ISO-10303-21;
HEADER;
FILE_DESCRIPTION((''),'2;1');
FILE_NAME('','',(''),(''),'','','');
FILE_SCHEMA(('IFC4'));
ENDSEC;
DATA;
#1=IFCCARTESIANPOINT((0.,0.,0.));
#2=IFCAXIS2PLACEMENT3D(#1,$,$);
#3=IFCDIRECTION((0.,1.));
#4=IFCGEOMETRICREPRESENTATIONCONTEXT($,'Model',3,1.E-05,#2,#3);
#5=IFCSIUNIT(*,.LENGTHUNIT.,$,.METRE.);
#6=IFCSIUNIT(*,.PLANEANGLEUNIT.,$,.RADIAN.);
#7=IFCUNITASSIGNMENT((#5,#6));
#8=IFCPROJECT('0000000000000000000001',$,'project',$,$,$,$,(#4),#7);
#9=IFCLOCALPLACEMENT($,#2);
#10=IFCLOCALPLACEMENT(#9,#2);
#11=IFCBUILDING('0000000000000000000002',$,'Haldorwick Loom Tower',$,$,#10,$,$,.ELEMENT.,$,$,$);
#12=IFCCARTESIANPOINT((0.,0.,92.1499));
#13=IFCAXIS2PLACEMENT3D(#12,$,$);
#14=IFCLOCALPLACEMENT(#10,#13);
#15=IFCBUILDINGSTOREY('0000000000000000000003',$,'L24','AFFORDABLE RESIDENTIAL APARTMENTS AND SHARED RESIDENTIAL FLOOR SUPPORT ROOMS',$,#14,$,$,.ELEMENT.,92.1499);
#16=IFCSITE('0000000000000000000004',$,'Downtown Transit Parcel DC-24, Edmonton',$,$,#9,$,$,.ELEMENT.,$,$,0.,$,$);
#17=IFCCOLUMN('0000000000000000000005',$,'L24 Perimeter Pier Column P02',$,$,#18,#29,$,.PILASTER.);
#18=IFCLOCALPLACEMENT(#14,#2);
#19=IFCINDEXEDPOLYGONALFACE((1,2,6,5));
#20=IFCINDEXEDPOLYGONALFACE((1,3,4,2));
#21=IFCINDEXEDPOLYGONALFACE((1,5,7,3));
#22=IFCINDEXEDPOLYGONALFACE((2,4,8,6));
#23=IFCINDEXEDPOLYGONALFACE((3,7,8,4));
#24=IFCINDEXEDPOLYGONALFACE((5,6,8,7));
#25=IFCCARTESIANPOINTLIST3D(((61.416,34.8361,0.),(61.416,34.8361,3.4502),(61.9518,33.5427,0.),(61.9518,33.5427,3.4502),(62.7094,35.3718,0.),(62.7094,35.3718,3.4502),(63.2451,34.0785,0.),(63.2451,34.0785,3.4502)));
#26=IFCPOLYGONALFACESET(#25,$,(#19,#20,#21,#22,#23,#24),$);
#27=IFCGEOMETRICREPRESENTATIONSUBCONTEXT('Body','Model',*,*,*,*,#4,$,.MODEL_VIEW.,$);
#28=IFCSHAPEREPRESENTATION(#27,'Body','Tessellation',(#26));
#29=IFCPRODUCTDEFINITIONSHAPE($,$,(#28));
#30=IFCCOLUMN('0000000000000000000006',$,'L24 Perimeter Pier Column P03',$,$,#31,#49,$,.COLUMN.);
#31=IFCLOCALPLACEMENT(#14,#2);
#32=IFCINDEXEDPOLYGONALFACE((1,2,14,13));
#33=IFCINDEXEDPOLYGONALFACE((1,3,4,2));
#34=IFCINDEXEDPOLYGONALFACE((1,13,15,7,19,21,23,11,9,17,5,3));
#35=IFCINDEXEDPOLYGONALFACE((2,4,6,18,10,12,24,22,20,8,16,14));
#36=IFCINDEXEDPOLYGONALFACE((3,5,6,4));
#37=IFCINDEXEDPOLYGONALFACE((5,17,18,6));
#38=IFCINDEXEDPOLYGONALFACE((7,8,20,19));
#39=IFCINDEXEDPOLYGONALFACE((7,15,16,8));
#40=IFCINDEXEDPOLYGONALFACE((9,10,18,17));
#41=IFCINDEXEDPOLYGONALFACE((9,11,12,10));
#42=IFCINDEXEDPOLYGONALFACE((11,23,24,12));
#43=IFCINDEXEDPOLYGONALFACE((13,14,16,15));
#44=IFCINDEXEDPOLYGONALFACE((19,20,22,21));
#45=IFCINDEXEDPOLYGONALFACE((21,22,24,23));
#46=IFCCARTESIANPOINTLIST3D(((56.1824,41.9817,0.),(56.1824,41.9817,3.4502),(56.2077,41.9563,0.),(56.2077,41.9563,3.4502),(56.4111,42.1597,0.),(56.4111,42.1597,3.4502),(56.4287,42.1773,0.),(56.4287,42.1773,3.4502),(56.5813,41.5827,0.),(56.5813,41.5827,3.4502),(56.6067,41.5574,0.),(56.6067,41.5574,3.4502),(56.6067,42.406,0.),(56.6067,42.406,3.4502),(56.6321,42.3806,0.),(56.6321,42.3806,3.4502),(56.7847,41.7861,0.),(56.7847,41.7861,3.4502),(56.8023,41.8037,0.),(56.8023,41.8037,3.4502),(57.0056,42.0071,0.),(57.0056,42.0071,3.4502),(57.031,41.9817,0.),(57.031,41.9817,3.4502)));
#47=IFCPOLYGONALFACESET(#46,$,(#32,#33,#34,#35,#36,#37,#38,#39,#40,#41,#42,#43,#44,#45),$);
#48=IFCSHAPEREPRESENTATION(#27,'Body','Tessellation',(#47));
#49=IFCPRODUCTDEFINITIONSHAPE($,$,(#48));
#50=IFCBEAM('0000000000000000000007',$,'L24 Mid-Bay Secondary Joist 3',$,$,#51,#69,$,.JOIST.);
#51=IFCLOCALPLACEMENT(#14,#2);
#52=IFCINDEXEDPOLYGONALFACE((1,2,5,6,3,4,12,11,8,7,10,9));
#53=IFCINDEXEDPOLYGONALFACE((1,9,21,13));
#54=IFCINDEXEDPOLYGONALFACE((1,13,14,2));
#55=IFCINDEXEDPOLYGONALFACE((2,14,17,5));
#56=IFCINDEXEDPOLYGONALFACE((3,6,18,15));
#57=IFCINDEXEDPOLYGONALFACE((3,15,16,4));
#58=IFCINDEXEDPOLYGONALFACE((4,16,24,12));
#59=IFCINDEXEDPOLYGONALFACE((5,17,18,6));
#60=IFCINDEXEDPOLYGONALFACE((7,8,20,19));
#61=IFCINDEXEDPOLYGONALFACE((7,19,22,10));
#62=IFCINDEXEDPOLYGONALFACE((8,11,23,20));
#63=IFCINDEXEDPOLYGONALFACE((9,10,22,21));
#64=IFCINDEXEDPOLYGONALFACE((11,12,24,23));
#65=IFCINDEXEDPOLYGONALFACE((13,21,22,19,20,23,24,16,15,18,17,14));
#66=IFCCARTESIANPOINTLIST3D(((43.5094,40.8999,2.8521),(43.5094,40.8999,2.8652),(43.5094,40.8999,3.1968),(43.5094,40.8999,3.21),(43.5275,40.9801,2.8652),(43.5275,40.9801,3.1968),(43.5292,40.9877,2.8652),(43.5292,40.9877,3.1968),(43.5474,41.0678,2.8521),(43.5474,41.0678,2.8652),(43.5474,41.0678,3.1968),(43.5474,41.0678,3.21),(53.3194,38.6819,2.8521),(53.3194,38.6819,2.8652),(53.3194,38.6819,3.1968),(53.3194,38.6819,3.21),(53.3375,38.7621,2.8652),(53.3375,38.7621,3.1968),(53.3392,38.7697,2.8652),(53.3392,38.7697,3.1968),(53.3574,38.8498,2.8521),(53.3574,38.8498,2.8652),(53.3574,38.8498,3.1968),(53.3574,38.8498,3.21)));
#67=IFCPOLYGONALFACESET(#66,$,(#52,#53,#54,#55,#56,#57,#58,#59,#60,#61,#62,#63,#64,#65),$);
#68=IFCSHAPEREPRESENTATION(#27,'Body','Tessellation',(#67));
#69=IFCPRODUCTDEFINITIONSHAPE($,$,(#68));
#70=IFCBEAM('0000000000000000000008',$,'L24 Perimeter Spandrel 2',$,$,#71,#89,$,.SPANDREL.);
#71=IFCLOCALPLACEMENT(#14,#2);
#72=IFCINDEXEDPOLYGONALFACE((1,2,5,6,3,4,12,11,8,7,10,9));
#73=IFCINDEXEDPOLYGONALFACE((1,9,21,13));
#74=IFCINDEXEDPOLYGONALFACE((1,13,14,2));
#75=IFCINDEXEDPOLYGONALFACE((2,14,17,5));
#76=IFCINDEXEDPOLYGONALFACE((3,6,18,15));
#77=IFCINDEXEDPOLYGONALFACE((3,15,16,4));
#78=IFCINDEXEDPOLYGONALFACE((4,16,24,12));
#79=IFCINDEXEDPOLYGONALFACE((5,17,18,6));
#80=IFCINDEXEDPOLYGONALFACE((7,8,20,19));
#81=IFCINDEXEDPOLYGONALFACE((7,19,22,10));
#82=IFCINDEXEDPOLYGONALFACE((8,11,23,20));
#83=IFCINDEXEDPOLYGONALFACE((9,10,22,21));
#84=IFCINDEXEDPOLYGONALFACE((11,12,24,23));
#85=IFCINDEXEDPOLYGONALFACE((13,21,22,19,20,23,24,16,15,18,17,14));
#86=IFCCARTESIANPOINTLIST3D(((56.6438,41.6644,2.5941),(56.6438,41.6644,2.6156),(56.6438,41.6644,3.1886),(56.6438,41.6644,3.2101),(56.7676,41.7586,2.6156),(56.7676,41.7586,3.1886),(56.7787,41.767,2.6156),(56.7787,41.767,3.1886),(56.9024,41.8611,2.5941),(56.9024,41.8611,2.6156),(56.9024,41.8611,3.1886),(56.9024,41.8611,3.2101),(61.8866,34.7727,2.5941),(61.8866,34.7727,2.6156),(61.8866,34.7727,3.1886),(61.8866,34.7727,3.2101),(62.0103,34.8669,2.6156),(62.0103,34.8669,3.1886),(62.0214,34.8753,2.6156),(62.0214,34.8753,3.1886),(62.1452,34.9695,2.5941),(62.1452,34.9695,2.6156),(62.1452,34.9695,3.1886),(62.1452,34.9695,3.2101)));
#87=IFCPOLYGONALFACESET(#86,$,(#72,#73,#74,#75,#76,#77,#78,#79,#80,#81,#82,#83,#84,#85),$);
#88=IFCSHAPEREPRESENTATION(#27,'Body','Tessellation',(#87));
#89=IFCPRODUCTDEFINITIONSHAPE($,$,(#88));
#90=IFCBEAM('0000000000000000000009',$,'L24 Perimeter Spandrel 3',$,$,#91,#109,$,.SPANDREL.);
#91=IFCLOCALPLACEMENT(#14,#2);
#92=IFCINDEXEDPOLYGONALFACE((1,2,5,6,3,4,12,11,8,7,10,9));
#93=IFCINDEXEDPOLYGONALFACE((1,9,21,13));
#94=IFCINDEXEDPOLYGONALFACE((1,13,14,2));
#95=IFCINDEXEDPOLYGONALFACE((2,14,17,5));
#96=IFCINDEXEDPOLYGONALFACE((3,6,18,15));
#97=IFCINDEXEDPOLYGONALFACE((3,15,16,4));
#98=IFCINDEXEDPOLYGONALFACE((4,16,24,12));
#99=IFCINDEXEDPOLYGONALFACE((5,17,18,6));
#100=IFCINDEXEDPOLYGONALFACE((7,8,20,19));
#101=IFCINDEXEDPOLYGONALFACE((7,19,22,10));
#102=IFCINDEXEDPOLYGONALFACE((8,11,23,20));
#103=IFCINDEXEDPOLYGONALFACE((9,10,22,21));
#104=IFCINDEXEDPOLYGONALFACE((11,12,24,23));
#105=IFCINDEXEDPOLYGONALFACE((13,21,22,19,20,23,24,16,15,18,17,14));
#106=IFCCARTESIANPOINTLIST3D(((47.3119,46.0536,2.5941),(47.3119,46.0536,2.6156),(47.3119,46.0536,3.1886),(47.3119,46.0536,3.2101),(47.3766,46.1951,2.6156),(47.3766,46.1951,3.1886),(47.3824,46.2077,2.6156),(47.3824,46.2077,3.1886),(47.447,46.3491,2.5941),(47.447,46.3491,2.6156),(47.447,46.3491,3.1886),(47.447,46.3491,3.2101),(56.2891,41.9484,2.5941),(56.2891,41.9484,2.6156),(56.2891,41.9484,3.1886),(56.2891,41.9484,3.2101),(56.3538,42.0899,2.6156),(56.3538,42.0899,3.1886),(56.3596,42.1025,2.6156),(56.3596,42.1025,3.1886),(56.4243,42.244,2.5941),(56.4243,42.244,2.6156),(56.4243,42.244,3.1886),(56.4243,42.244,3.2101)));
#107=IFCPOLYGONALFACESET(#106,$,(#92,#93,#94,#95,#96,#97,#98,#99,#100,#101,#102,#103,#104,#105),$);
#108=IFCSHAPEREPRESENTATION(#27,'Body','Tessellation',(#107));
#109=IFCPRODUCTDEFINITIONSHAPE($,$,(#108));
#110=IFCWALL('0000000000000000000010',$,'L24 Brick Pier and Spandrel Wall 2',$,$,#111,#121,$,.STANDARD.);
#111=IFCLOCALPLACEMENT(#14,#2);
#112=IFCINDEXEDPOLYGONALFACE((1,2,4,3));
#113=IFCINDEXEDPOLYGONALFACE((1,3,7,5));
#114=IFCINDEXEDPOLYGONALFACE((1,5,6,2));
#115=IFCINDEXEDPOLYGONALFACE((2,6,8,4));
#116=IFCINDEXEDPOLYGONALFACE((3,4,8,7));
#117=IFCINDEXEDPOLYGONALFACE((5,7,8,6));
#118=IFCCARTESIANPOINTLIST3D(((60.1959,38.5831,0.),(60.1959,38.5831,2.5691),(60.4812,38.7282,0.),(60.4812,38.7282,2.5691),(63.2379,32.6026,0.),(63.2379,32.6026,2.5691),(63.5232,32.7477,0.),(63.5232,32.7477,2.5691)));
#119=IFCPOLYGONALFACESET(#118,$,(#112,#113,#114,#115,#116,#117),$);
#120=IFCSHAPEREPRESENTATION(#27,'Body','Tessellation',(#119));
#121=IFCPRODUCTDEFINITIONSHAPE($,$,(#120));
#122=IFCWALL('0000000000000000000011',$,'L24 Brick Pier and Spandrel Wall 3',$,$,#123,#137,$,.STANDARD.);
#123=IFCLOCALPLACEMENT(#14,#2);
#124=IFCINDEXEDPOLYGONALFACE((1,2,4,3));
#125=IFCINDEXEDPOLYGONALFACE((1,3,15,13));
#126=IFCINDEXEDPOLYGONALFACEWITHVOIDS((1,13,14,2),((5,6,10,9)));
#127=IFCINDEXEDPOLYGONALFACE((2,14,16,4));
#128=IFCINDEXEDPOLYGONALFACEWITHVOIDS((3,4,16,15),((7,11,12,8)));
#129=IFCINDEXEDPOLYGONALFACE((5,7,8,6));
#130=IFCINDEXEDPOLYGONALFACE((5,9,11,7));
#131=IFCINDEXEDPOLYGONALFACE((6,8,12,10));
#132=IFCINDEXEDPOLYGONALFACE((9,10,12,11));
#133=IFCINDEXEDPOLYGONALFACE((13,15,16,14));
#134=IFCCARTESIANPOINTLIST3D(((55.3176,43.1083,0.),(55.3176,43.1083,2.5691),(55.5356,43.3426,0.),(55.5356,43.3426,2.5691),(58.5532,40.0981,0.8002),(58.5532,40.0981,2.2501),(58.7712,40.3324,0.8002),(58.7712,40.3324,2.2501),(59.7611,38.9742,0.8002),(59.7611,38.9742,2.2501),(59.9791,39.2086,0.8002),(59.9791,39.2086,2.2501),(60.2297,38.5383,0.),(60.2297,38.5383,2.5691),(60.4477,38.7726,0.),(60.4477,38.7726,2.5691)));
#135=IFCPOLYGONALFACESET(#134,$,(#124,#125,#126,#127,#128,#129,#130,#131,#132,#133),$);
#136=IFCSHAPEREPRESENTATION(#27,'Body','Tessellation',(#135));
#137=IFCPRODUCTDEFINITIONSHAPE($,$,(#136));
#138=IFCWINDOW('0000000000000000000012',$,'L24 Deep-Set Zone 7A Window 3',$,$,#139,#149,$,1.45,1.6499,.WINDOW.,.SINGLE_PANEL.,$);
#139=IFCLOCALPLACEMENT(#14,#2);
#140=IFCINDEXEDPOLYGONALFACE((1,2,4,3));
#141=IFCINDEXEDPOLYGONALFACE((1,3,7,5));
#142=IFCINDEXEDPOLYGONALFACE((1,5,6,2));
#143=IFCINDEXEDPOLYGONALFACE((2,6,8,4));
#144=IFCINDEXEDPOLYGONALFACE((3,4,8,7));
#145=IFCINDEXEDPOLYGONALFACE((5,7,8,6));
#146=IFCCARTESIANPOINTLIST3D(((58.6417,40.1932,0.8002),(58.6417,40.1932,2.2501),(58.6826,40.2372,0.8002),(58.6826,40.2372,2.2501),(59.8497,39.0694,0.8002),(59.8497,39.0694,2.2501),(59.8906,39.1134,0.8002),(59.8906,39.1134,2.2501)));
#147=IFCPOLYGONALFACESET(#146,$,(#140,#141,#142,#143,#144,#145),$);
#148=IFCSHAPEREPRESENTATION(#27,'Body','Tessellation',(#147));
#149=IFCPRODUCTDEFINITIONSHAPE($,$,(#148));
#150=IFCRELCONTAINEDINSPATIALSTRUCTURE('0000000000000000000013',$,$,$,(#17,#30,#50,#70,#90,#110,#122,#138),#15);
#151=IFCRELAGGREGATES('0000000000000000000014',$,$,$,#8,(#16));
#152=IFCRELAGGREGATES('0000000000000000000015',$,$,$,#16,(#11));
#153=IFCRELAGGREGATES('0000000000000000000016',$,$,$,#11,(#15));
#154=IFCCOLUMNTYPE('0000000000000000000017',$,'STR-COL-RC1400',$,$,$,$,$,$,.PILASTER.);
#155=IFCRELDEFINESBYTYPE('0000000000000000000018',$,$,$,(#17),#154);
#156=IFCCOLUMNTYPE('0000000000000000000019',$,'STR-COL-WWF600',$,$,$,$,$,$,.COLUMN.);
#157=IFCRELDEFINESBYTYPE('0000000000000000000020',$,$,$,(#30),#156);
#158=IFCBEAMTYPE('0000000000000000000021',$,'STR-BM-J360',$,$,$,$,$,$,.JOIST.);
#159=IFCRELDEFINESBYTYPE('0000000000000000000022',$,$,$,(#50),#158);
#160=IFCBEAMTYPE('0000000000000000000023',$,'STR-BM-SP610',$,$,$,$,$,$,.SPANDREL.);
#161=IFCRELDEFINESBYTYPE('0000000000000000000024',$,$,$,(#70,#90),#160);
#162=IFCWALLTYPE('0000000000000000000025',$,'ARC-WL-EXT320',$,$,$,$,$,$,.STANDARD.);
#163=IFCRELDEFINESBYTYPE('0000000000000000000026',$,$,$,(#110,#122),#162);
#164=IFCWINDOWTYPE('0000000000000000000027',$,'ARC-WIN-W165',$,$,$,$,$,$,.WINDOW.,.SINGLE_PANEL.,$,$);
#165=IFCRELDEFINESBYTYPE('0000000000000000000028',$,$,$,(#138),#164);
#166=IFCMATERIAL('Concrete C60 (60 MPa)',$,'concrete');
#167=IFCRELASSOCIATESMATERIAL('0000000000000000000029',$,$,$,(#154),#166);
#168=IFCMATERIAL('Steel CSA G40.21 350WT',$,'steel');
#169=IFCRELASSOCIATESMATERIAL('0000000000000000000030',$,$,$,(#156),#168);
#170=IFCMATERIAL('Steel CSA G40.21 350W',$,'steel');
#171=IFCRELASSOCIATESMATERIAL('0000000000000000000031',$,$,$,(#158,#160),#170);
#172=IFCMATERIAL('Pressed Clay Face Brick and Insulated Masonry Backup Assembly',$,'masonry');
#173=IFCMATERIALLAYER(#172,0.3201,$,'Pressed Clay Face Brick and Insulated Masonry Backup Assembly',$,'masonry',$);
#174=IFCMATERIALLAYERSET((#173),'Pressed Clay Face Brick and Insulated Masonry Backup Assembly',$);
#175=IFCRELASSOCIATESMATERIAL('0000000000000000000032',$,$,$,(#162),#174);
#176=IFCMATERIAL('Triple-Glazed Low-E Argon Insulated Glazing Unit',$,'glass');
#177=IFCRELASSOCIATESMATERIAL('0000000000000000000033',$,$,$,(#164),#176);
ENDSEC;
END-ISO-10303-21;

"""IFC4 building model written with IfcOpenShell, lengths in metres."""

from ifc_helpers import new_model, si_unit, direction, frame, frame_2d, origin, origin_2d, place, context, subcontext, project, spatial, rectangle, i_section, extrude, material, layer, layer_set, material_profile, profile_set, type_object, element, fill, save


model = new_model("IFC4")

# Units and contexts
model_context = context("Model", 3, precision=1e-05, world=origin(), true_north=direction((0.0, 1.0)))
body_context = subcontext(model_context, "Body", "Model", "MODEL_VIEW")
ifc_project = project(units=[si_unit("LENGTHUNIT", "METRE"), si_unit("PLANEANGLEUNIT", "RADIAN")], contexts=[model_context])

# Site, building, storey
site_placement = place(None, origin())
site = spatial("IfcSite", under=ifc_project, at=site_placement, Name="Downtown Transit Parcel DC-24, Edmonton", CompositionType="ELEMENT", RefElevation=0.0)
building_placement = place(site_placement, origin())
building = spatial("IfcBuilding", under=site, at=building_placement, Name="Haldorwick Loom Tower", CompositionType="ELEMENT")
storey_placement = place(building_placement, frame((0.0, 0.0, 92.1499)))
storey = spatial("IfcBuildingStorey", under=building, at=storey_placement, Name="L24", Description="AFFORDABLE RESIDENTIAL APARTMENTS AND SHARED RESIDENTIAL FLOOR SUPPORT ROOMS", CompositionType="ELEMENT", Elevation=92.1499)

# Columns
ifc_material_1 = material(Name="Concrete C60 (60 MPa)", Category="concrete")
ifc_material_profile_1 = material_profile(ifc_material_1, rectangle(XDim=1.3999, YDim=1.3999, at=origin_2d()), Name="RC1400X1400", Category="concrete")
ifc_profile_set_1 = profile_set([ifc_material_profile_1], Name="Concrete C60 (60 MPa)")
column_type_1 = type_object("IfcColumnType", Name="STR-COL-RC1400", PredefinedType="PILASTER", material=ifc_profile_set_1)
column_1_placement = place(storey_placement, frame((62.3306, 34.4573, 0.0), z_axis=(0.0, 0.0, 1.0), x_axis=(0.92388, 0.382683, 0.0)))
element("IfcColumn", 1, at=column_1_placement, inside=storey, type_object=column_type_1, Name="L24 Perimeter Pier Column P02", PredefinedType="PILASTER", context=body_context, shape_type="SweptSolid", body=[
    extrude(rectangle(XDim=1.3999, YDim=1.3999, at=origin_2d()), origin(), (0.0, 0.0, 1.0), 3.4502),
])
ifc_material_2 = material(Name="Steel CSA G40.21 350WT", Category="steel")
ifc_material_profile_2 = material_profile(ifc_material_2, i_section(OverallWidth=0.6001, OverallDepth=0.6001, WebThickness=0.0249, FlangeThickness=0.0359, at=origin_2d()), Name="WWF600X600", Category="steel")
ifc_profile_set_2 = profile_set([ifc_material_profile_2], Name="Steel CSA G40.21 350WT")
column_type_2 = type_object("IfcColumnType", Name="STR-COL-WWF600", PredefinedType="COLUMN", material=ifc_profile_set_2)
column_2_placement = place(storey_placement, frame((56.6067, 41.9817, 0.0), z_axis=(0.0, 0.0, 1.0), x_axis=(0.707107, 0.707107, 0.0)))
element("IfcColumn", 2, at=column_2_placement, inside=storey, type_object=column_type_2, Name="L24 Perimeter Pier Column P03", PredefinedType="COLUMN", context=body_context, shape_type="SweptSolid", body=[
    extrude(i_section(OverallWidth=0.6001, OverallDepth=0.6001, WebThickness=0.0249, FlangeThickness=0.0359, at=origin_2d()), origin(), (0.0, 0.0, 1.0), 3.4502),
])

# Beams
ifc_material_3 = material(Name="Steel CSA G40.21 350W", Category="steel")
ifc_material_profile_3 = material_profile(ifc_material_3, i_section(OverallWidth=0.1721, OverallDepth=0.3579, WebThickness=0.0078, FlangeThickness=0.0132, at=origin_2d()), Name="W360X57", Category="steel")
ifc_profile_set_3 = profile_set([ifc_material_profile_3], Name="Steel CSA G40.21 350W")
beam_type_1 = type_object("IfcBeamType", Name="STR-BM-J360", PredefinedType="JOIST", material=ifc_profile_set_3)
beam_1_placement = place(storey_placement, frame((53.3384, 38.7659, 3.031), z_axis=(-0.97538, 0.22053, 0.0), x_axis=(-0.22053, -0.97538, 0.0)))
element("IfcBeam", 3, at=beam_1_placement, inside=storey, type_object=beam_type_1, Name="L24 Mid-Bay Secondary Joist 3", PredefinedType="JOIST", context=body_context, shape_type="SweptSolid", body=[
    extrude(i_section(OverallWidth=0.1721, OverallDepth=0.3579, WebThickness=0.0078, FlangeThickness=0.0132, at=origin_2d()), origin(), (0.0, 0.0, 1.0), 10.0576),
])
ifc_material_profile_4 = material_profile(ifc_material_3, i_section(OverallWidth=0.325, OverallDepth=0.616, WebThickness=0.0139, FlangeThickness=0.0215, at=origin_2d()), Name="W610X174", Category="steel")
ifc_profile_set_4 = profile_set([ifc_material_profile_4], Name="Steel CSA G40.21 350W")
beam_type_2 = type_object("IfcBeamType", Name="STR-BM-SP610", PredefinedType="SPANDREL", material=ifc_profile_set_4)
beam_2_placement = place(storey_placement, frame((62.0159, 34.8711, 2.9021), z_axis=(-0.605454, 0.795881, 0.0), x_axis=(-0.795881, -0.605454, 0.0)))
element("IfcBeam", 4, at=beam_2_placement, inside=storey, type_object=beam_type_2, Name="L24 Perimeter Spandrel 2", PredefinedType="SPANDREL", context=body_context, shape_type="SweptSolid", body=[
    extrude(i_section(OverallWidth=0.325, OverallDepth=0.616, WebThickness=0.0139, FlangeThickness=0.0215, at=origin_2d()), origin(), (0.0, 0.0, 1.0), 8.6592),
])
beam_3_placement = place(storey_placement, frame((56.3567, 42.0962, 2.9021), z_axis=(-0.909424, 0.41587, 0.0), x_axis=(-0.41587, -0.909424, 0.0)))
element("IfcBeam", 5, at=beam_3_placement, inside=storey, type_object=beam_type_2, Name="L24 Perimeter Spandrel 3", PredefinedType="SPANDREL", context=body_context, shape_type="SweptSolid", body=[
    extrude(i_section(OverallWidth=0.325, OverallDepth=0.616, WebThickness=0.0139, FlangeThickness=0.0215, at=origin_2d()), origin(), (0.0, 0.0, 1.0), 9.8713),
])

# Wall
ifc_material_4 = material(Name="Pressed Clay Face Brick and Insulated Masonry Backup Assembly", Category="masonry")
ifc_layer_1 = layer(ifc_material_4, 0.3201, Name="Pressed Clay Face Brick and Insulated Masonry Backup Assembly", Category="masonry")
ifc_layer_set_1 = layer_set([ifc_layer_1], Name="Pressed Clay Face Brick and Insulated Masonry Backup Assembly")
wall_type_1 = type_object("IfcWallType", Name="ARC-WL-EXT320", PredefinedType="STANDARD", material=ifc_layer_set_1)
wall_1_placement = place(storey_placement, frame((63.3806, 32.675, 0.0), z_axis=(0.0, 0.0, 1.0), x_axis=(-0.453374, 0.89132, 0.0)))
element("IfcWall", 6, at=wall_1_placement, inside=storey, type_object=wall_type_1, Name="L24 Brick Pier and Spandrel Wall 2", PredefinedType="STANDARD", context=body_context, shape_type="SweptSolid", body=[
    extrude(rectangle(XDim=6.7097, YDim=0.3201, at=frame_2d((3.355, 0.0))), origin(), (0.0, 0.0, 1.0), 2.5691),
])

# Wall, opening, window
wall_2_placement = place(storey_placement, frame((60.3386, 38.6555, 0.0), z_axis=(0.0, 0.0, 1.0), x_axis=(-0.732137, 0.681157, 0.0)))
wall_2 = element("IfcWall", 7, at=wall_2_placement, inside=storey, type_object=wall_type_1, Name="L24 Brick Pier and Spandrel Wall 3", PredefinedType="STANDARD", context=body_context, shape_type="SweptSolid", body=[
    extrude(rectangle(XDim=6.7092, YDim=0.3201, at=frame_2d((3.3545, 0.0))), origin(), (0.0, 0.0, 1.0), 2.5691),
])
opening_1_placement = place(wall_2_placement, frame((0.6399, 0.0, 0.8)))
opening_1 = element("IfcOpeningElement", 8, at=opening_1_placement, cuts=wall_2, PredefinedType="OPENING", context=body_context, shape_type="SweptSolid", body=[
    extrude(rectangle(XDim=1.6499, YDim=1.45, at=frame_2d((0.825, 0.7251))), frame((0.0, 0.1699, 0.0), z_axis=(0.0, -1.0, 0.0), x_axis=(1.0, 0.0, 0.0)), (0.0, 0.0, 1.0), 0.3401),
])
ifc_material_5 = material(Name="Triple-Glazed Low-E Argon Insulated Glazing Unit", Category="glass")
window_type = type_object("IfcWindowType", Name="ARC-WIN-W165", PartitioningType="SINGLE_PANEL", PredefinedType="WINDOW", material=ifc_material_5)
window_1_placement = place(opening_1_placement, origin())
window_1 = element("IfcWindow", 9, at=window_1_placement, inside=storey, type_object=window_type, Name="L24 Deep-Set Zone 7A Window 3", OverallHeight=1.45, OverallWidth=1.6499, PartitioningType="SINGLE_PANEL", PredefinedType="WINDOW", context=body_context, shape_type="SweptSolid", body=[
    extrude(rectangle(XDim=1.6499, YDim=1.45, at=frame_2d((0.825, 0.7251))), frame((0.0, 0.03, 0.0), z_axis=(0.0, -1.0, 0.0), x_axis=(1.0, 0.0, 0.0)), (0.0, 0.0, 1.0), 0.0601),
])
fill(opening_1, window_1)

save(model, "model.ifc")
